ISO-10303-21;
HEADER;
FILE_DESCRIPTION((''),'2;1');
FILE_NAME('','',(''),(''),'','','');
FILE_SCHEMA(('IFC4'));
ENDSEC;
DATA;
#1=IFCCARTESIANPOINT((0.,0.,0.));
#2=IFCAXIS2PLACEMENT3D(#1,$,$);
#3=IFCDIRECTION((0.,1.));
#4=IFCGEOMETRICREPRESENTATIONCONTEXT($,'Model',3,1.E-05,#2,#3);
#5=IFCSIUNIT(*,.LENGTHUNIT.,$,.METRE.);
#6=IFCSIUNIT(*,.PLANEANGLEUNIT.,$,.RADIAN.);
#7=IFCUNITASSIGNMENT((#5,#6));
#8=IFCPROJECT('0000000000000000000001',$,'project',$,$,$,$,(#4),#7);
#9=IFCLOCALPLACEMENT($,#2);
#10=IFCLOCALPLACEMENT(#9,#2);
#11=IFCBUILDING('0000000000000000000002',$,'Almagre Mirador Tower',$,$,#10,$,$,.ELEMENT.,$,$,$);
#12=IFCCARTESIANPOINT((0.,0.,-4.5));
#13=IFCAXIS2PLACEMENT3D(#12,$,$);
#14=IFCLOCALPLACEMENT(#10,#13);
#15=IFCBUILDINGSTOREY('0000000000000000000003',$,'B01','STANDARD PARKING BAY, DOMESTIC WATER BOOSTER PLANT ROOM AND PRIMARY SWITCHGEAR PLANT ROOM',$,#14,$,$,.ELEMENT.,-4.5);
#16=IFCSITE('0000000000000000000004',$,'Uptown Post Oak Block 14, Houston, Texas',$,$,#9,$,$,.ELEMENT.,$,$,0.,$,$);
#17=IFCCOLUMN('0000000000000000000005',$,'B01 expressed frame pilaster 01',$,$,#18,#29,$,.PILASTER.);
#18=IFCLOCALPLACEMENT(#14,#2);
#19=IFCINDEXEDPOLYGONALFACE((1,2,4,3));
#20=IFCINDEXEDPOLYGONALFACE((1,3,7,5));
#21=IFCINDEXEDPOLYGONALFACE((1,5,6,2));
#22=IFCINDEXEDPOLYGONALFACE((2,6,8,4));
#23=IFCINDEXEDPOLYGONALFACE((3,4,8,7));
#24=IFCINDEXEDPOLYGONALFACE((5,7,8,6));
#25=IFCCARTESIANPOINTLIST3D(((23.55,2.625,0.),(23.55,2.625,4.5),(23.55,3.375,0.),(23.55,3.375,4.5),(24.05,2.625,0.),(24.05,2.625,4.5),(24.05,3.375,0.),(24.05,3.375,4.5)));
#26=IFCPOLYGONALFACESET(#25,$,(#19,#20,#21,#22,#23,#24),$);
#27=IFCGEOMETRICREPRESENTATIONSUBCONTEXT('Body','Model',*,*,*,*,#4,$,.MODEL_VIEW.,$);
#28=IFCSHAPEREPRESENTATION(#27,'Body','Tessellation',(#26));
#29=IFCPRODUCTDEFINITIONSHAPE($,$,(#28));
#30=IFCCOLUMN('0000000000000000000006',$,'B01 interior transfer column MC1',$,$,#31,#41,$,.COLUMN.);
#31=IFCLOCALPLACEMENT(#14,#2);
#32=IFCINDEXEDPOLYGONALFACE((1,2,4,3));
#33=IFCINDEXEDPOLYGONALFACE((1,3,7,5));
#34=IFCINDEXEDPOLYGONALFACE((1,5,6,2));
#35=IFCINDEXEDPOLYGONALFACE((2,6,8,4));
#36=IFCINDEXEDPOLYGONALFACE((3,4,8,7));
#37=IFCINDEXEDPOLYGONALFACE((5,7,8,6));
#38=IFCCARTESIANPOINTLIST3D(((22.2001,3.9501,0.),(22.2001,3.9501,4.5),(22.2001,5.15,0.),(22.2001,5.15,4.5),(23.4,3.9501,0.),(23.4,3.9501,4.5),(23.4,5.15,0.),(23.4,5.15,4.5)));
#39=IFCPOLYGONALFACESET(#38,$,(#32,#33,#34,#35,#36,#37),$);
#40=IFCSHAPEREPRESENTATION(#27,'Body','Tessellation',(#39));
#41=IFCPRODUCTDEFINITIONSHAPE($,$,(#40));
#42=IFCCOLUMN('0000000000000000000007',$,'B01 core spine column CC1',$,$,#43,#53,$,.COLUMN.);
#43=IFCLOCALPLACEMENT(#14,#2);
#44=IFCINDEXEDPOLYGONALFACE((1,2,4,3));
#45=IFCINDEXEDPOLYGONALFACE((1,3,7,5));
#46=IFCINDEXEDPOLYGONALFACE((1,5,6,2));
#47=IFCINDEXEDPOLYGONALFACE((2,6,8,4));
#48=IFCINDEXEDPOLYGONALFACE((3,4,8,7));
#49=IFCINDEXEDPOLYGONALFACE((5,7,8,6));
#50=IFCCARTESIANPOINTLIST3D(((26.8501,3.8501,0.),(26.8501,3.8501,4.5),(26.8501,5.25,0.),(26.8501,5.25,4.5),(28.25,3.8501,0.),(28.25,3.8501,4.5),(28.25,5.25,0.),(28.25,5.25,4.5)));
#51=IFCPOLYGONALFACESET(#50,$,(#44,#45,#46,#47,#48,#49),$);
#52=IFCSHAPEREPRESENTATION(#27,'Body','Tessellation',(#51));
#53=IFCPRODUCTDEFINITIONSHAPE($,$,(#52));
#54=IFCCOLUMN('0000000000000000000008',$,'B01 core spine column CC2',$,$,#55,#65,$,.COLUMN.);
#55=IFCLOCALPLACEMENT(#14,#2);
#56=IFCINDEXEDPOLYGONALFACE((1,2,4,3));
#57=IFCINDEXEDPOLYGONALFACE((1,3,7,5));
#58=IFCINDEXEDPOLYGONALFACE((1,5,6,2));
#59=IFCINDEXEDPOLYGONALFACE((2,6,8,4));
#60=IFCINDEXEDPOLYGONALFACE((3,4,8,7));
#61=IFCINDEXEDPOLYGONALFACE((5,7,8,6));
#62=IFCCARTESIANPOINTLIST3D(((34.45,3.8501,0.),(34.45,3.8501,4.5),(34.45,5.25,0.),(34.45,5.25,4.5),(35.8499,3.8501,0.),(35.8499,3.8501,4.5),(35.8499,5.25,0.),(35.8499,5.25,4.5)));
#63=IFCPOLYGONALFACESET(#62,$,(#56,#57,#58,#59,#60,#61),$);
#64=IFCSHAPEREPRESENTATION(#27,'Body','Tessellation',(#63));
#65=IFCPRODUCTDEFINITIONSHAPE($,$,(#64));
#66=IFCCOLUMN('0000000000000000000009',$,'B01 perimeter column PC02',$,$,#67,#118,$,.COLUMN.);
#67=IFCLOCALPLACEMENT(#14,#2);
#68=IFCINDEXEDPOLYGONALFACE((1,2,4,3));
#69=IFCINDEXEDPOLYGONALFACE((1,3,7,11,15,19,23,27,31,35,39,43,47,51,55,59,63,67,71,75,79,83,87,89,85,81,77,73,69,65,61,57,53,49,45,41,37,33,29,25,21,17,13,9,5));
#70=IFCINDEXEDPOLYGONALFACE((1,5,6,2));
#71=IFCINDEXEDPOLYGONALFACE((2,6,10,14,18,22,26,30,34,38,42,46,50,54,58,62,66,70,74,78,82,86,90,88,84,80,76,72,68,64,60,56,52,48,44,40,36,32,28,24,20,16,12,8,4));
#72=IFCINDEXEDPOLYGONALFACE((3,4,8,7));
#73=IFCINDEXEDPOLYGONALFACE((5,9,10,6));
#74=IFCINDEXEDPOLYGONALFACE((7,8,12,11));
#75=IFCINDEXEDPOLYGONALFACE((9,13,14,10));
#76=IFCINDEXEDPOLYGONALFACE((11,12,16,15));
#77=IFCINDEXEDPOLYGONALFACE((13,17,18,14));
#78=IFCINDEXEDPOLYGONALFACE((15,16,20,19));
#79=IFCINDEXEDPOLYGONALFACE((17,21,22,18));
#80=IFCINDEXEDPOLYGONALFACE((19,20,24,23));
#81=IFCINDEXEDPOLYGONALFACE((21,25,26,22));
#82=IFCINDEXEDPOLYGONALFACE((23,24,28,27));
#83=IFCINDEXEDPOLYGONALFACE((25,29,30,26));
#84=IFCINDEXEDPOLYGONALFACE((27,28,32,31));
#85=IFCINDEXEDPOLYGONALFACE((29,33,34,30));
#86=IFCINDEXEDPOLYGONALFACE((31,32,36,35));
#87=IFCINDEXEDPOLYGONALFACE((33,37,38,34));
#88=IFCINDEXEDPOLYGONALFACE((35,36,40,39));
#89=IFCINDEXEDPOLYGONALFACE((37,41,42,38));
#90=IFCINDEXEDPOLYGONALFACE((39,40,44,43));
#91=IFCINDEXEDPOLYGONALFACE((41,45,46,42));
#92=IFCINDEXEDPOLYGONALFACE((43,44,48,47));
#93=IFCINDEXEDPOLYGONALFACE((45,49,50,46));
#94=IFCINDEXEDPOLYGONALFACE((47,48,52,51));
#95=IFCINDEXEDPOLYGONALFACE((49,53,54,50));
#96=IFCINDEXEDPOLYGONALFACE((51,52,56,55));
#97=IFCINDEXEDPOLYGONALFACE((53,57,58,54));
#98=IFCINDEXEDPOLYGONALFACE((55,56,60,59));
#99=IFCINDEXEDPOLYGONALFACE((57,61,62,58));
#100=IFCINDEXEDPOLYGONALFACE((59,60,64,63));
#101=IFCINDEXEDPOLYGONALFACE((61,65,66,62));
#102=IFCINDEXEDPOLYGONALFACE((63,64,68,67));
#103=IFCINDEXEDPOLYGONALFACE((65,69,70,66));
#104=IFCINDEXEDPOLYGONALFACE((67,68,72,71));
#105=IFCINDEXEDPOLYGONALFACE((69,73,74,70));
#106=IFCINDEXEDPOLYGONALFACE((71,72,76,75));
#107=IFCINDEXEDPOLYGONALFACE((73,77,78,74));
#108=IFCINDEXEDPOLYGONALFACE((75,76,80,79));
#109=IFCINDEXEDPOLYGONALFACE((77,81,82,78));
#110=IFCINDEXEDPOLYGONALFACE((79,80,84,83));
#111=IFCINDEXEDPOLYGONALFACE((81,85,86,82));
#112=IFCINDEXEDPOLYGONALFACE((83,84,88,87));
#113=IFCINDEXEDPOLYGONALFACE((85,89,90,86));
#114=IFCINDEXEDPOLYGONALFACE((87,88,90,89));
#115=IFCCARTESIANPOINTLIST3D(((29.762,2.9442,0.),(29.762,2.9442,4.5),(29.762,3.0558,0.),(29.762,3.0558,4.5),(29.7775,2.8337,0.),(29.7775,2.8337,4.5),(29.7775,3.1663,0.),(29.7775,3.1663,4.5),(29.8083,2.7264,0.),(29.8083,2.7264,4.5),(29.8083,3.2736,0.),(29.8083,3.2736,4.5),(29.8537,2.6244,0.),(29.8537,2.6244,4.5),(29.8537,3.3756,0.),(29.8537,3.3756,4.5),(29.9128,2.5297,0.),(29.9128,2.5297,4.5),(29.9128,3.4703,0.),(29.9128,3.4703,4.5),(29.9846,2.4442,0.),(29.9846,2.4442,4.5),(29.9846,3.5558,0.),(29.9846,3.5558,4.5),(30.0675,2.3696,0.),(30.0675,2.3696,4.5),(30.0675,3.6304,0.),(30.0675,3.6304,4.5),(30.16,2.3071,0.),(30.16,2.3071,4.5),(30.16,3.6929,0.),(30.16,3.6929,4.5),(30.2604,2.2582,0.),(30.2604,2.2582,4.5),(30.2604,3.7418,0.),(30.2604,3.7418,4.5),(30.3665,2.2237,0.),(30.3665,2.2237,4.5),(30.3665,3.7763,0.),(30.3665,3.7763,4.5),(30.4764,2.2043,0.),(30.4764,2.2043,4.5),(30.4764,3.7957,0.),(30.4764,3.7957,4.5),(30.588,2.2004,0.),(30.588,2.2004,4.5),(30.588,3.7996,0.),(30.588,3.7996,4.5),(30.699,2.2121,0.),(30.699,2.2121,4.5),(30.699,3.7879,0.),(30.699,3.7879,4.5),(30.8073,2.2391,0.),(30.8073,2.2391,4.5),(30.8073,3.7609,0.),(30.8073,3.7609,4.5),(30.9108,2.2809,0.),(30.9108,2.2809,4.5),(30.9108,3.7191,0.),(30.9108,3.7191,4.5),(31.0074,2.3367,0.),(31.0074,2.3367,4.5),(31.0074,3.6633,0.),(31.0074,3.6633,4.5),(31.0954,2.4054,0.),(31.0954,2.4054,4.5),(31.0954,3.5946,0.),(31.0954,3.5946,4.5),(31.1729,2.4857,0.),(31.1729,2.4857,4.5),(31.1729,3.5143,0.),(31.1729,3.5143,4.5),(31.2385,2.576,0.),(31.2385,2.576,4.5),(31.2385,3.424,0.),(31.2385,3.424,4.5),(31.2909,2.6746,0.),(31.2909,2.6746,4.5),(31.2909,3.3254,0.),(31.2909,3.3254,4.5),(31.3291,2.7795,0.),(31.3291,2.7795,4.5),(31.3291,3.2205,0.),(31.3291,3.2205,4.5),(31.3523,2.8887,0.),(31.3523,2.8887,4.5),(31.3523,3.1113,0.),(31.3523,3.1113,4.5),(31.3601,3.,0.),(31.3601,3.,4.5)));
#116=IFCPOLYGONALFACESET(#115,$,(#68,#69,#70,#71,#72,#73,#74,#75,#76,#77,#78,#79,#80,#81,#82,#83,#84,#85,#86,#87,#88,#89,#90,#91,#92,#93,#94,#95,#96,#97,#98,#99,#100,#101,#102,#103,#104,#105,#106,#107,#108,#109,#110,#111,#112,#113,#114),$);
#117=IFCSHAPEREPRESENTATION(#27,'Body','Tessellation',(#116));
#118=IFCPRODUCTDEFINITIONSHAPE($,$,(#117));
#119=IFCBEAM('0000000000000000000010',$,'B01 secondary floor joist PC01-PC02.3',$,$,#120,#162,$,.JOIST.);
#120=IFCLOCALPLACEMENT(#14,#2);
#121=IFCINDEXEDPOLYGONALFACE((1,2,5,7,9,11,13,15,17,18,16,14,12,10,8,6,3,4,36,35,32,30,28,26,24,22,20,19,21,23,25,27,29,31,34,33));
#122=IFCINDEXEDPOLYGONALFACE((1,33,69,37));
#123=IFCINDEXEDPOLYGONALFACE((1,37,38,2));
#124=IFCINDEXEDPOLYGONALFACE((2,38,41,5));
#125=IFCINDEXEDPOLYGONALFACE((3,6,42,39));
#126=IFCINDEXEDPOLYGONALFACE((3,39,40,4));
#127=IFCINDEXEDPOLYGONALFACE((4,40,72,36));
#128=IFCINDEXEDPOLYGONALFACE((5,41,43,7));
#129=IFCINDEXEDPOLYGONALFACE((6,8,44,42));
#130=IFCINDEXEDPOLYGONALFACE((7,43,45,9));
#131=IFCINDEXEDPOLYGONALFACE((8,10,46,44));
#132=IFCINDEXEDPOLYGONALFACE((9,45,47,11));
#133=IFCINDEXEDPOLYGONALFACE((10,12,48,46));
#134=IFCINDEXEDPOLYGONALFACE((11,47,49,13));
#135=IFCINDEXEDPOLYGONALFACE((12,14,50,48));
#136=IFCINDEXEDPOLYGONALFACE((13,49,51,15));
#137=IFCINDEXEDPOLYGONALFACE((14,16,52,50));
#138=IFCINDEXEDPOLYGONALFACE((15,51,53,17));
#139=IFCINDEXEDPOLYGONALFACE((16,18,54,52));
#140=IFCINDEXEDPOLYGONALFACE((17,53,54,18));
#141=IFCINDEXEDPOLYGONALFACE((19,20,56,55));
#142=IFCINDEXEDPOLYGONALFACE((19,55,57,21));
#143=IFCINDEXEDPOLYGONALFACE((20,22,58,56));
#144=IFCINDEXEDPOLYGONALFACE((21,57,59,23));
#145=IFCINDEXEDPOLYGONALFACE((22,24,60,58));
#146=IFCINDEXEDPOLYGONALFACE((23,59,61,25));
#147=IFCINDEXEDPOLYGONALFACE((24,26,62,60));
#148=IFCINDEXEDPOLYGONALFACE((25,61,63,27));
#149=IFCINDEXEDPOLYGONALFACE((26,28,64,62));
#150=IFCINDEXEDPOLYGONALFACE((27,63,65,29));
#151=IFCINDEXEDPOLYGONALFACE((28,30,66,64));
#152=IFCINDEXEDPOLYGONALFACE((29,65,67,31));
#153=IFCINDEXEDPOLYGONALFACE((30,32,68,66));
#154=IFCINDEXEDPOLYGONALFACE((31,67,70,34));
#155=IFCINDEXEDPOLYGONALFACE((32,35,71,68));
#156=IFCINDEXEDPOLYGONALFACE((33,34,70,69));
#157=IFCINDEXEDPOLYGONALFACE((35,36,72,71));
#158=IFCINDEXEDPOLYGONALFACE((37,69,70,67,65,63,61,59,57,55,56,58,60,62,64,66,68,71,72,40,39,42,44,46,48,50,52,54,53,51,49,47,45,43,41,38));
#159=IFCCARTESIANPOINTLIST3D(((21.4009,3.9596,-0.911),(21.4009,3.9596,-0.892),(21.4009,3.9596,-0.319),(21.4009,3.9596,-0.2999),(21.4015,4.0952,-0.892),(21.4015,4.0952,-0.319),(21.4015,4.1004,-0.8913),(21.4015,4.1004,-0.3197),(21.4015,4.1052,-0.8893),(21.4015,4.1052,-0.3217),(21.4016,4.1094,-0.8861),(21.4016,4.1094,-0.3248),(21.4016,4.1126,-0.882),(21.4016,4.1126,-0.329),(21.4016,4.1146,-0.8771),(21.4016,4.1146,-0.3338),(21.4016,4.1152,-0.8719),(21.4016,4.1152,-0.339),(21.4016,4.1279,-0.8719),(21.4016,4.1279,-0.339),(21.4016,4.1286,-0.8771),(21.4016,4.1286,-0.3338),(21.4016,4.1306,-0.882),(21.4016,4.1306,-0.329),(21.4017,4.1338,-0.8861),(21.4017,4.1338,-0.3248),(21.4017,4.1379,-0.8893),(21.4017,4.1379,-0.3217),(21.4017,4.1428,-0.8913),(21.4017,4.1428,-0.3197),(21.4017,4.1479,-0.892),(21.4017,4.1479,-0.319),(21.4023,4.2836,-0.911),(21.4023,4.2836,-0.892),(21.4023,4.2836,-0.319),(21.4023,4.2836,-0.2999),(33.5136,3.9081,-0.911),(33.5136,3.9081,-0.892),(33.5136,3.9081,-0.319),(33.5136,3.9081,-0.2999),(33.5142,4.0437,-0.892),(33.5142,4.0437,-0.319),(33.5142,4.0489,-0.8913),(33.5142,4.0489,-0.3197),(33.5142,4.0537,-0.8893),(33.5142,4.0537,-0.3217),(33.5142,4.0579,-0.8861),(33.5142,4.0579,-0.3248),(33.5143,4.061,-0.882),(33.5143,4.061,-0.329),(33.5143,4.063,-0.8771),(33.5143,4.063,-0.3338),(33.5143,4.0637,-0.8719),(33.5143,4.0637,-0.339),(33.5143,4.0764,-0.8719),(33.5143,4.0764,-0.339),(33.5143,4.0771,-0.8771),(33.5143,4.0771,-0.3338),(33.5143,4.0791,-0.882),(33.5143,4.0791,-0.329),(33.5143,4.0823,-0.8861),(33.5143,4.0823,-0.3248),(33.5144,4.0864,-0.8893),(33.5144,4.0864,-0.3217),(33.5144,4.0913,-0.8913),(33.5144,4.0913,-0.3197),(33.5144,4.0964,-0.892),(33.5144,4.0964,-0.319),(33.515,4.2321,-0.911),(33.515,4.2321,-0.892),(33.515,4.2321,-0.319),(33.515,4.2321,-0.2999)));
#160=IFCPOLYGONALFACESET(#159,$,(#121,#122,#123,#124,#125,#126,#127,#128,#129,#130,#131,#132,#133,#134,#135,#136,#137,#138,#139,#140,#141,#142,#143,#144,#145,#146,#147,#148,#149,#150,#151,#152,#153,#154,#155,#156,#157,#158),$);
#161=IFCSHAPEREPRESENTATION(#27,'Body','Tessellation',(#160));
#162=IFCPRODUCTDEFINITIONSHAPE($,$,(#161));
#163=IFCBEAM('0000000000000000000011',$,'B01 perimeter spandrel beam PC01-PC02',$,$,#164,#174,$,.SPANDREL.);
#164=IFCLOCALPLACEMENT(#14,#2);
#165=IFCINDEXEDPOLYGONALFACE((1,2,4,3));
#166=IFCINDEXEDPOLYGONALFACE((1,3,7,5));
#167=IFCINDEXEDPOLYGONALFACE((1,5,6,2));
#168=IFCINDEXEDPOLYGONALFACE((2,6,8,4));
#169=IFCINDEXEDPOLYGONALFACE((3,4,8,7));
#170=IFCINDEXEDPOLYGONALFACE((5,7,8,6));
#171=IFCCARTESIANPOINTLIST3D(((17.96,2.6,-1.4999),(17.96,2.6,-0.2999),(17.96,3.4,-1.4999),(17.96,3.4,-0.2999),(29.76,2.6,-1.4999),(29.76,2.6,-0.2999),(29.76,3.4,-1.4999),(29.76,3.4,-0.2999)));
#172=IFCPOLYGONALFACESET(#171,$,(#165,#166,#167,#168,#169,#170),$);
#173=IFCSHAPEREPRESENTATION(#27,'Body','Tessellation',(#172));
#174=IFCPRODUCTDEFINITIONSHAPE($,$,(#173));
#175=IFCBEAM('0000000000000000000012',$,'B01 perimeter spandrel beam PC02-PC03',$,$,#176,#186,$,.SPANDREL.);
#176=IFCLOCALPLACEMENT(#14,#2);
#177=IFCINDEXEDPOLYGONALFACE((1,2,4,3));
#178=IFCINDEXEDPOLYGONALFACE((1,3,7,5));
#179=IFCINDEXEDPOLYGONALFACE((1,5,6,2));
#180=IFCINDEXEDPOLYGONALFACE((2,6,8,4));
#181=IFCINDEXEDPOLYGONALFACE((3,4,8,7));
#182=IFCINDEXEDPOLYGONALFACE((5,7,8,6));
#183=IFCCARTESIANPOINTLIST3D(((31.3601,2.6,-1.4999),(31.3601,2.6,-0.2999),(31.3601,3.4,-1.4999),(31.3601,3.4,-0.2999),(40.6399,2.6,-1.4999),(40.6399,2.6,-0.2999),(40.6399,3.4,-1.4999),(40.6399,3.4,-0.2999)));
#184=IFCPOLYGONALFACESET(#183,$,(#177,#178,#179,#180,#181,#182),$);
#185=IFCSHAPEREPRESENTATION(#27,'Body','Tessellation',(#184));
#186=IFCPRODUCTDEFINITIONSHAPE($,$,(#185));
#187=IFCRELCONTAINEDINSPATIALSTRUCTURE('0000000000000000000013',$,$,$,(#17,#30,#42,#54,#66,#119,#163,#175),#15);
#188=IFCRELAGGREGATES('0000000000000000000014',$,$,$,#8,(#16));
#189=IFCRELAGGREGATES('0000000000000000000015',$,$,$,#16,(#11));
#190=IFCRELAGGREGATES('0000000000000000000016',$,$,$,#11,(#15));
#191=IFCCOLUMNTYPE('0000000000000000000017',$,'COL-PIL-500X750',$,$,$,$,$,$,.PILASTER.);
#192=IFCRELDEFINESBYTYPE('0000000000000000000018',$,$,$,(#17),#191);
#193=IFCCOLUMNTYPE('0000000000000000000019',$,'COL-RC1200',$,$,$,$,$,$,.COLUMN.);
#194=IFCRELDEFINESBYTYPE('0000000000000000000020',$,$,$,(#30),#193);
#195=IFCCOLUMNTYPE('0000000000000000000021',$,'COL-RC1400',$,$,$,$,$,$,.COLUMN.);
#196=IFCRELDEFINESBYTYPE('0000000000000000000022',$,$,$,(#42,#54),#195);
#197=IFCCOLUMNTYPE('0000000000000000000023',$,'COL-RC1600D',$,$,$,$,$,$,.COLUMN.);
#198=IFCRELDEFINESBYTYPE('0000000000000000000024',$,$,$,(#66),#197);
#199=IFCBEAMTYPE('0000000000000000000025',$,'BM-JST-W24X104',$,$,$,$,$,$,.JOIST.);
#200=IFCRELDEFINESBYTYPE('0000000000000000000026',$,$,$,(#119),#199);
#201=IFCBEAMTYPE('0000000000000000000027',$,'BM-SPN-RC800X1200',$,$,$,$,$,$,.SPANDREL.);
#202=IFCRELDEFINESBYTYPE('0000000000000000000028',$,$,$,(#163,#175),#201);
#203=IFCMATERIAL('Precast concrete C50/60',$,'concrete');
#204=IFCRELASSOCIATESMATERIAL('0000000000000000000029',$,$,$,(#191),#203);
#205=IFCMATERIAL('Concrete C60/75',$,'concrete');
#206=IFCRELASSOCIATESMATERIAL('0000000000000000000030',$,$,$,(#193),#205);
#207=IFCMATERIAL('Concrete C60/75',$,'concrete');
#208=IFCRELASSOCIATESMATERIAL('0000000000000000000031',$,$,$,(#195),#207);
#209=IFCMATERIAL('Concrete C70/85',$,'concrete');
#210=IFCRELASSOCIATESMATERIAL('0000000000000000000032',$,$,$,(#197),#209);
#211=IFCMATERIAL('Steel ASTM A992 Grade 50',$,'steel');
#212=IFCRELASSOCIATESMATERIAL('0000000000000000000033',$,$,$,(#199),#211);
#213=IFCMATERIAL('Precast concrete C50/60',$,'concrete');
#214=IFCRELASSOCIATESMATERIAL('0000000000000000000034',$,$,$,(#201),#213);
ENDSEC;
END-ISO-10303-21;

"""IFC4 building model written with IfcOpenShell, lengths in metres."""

from ifc_helpers import new_model, si_unit, direction, frame, origin, origin_2d, place, context, subcontext, project, spatial, rectangle, circle, i_section, extrude, material, material_profile, profile_set, type_object, element, save


model = new_model("IFC4")

# Units and contexts
model_context = context("Model", 3, precision=1e-05, world=origin(), true_north=direction((0.0, 1.0)))
body_context = subcontext(model_context, "Body", "Model", "MODEL_VIEW")
ifc_project = project(units=[si_unit("LENGTHUNIT", "METRE"), si_unit("PLANEANGLEUNIT", "RADIAN")], contexts=[model_context])

# Site, building, storey
site_placement = place(None, origin())
site = spatial("IfcSite", under=ifc_project, at=site_placement, Name="Uptown Post Oak Block 14, Houston, Texas", CompositionType="ELEMENT", RefElevation=0.0)
building_placement = place(site_placement, origin())
building = spatial("IfcBuilding", under=site, at=building_placement, Name="Almagre Mirador Tower", CompositionType="ELEMENT")
storey_placement = place(building_placement, frame((0.0, 0.0, -4.5)))
storey = spatial("IfcBuildingStorey", under=building, at=storey_placement, Name="B01", Description="STANDARD PARKING BAY, DOMESTIC WATER BOOSTER PLANT ROOM AND PRIMARY SWITCHGEAR PLANT ROOM", CompositionType="ELEMENT", Elevation=-4.5)

# Columns
ifc_material_1 = material(Name="Precast concrete C50/60", Category="concrete")
ifc_material_profile_1 = material_profile(ifc_material_1, rectangle(XDim=0.5, YDim=0.75, at=origin_2d()), Name="RC500X750")
ifc_profile_set_1 = profile_set([ifc_material_profile_1], Name="Precast concrete C50/60")
column_type_1 = type_object("IfcColumnType", Name="COL-PIL-500X750", PredefinedType="PILASTER", material=ifc_profile_set_1)
column_1_placement = place(storey_placement, frame((23.8, 3.0, 0.0), z_axis=(0.0, 0.0, 1.0), x_axis=(1.0, 0.0, 0.0)))
element("IfcColumn", 1, at=column_1_placement, inside=storey, type_object=column_type_1, Name="B01 expressed frame pilaster 01", PredefinedType="PILASTER", context=body_context, shape_type="SweptSolid", body=[
    extrude(rectangle(XDim=0.5, YDim=0.75, at=origin_2d()), origin(), (0.0, 0.0, 1.0), 4.5),
])
ifc_material_2 = material(Name="Concrete C60/75", Category="concrete")
ifc_material_profile_2 = material_profile(ifc_material_2, rectangle(XDim=1.2, YDim=1.2, at=origin_2d()), Name="RC1200X1200")
ifc_profile_set_2 = profile_set([ifc_material_profile_2], Name="Concrete C60/75")
column_type_2 = type_object("IfcColumnType", Name="COL-RC1200", PredefinedType="COLUMN", material=ifc_profile_set_2)
column_2_placement = place(storey_placement, frame((22.8, 4.55, 0.0), z_axis=(0.0, 0.0, 1.0), x_axis=(1.0, 0.0, 0.0)))
element("IfcColumn", 2, at=column_2_placement, inside=storey, type_object=column_type_2, Name="B01 interior transfer column MC1", PredefinedType="COLUMN", context=body_context, shape_type="SweptSolid", body=[
    extrude(rectangle(XDim=1.2, YDim=1.2, at=origin_2d()), origin(), (0.0, 0.0, 1.0), 4.5),
])
ifc_material_3 = material(Name="Concrete C60/75", Category="concrete")
ifc_material_profile_3 = material_profile(ifc_material_3, rectangle(XDim=1.3999, YDim=1.3999, at=origin_2d()), Name="RC1400X1400")
ifc_profile_set_3 = profile_set([ifc_material_profile_3], Name="Concrete C60/75")
column_type_3 = type_object("IfcColumnType", Name="COL-RC1400", PredefinedType="COLUMN", material=ifc_profile_set_3)
for number, where, z_axis, x_axis, name in (
    (3, (27.55, 4.55, 0.0), (0.0, 0.0, 1.0), (1.0, 0.0, 0.0), "B01 core spine column CC1"),
    (4, (35.1499, 4.55, 0.0), (0.0, 0.0, 1.0), (1.0, 0.0, 0.0), "B01 core spine column CC2"),
):
    element("IfcColumn", number, at=place(storey_placement, frame(where, z_axis=z_axis, x_axis=x_axis)), inside=storey, type_object=column_type_3, Name=name, PredefinedType="COLUMN", context=body_context, shape_type="SweptSolid", body=[
        extrude(rectangle(XDim=1.3999, YDim=1.3999, at=origin_2d()), origin(), (0.0, 0.0, 1.0), 4.5),
    ])
ifc_material_4 = material(Name="Concrete C70/85", Category="concrete")
ifc_material_profile_4 = material_profile(ifc_material_4, circle(Radius=0.8, at=origin_2d()), Name="RC1600D")
ifc_profile_set_4 = profile_set([ifc_material_profile_4], Name="Concrete C70/85")
column_type_4 = type_object("IfcColumnType", Name="COL-RC1600D", PredefinedType="COLUMN", material=ifc_profile_set_4)
column_3_placement = place(storey_placement, frame((30.5601, 3.0, 0.0), z_axis=(0.0, 0.0, 1.0), x_axis=(1.0, 0.0, 0.0)))
element("IfcColumn", 5, at=column_3_placement, inside=storey, type_object=column_type_4, Name="B01 perimeter column PC02", PredefinedType="COLUMN", context=body_context, shape_type="SweptSolid", body=[
    extrude(circle(Radius=0.8, at=origin_2d()), origin(), (0.0, 0.0, 1.0), 4.5),
])

# Beams
ifc_material_5 = material(Name="Steel ASTM A992 Grade 50", Category="steel")
ifc_material_profile_5 = material_profile(ifc_material_5, i_section(OverallWidth=0.324, OverallDepth=0.6111, WebThickness=0.0127, FlangeThickness=0.019, FilletRadius=0.02, at=origin_2d()), Name="W24X104")
ifc_profile_set_5 = profile_set([ifc_material_profile_5], Name="Steel ASTM A992 Grade 50")
beam_type_1 = type_object("IfcBeamType", Name="BM-JST-W24X104", PredefinedType="JOIST", material=ifc_profile_set_5)
beam_1_placement = place(storey_placement, frame((21.4016, 4.1216, -0.6055), z_axis=(0.999991, -0.004253, 0.0), x_axis=(0.004253, 0.999991, 0.0)))
element("IfcBeam", 6, at=beam_1_placement, inside=storey, type_object=beam_type_1, Name="B01 secondary floor joist PC01-PC02.3", PredefinedType="JOIST", context=body_context, shape_type="SweptSolid", body=[
    extrude(i_section(OverallWidth=0.324, OverallDepth=0.6111, WebThickness=0.0127, FlangeThickness=0.019, FilletRadius=0.02, at=origin_2d()), origin(), (0.0, 0.0, 1.0), 12.1128),
])
ifc_material_6 = material(Name="Precast concrete C50/60", Category="concrete")
ifc_material_profile_6 = material_profile(ifc_material_6, rectangle(XDim=0.8, YDim=1.2, at=origin_2d()), Name="RC800X1200")
ifc_profile_set_6 = profile_set([ifc_material_profile_6], Name="Precast concrete C50/60")
beam_type_2 = type_object("IfcBeamType", Name="BM-SPN-RC800X1200", PredefinedType="SPANDREL", material=ifc_profile_set_6)
beam_2_placement = place(storey_placement, frame((17.96, 3.0, -0.8999), z_axis=(1.0, 0.0, 0.0), x_axis=(0.0, 1.0, 0.0)))
element("IfcBeam", 7, at=beam_2_placement, inside=storey, type_object=beam_type_2, Name="B01 perimeter spandrel beam PC01-PC02", PredefinedType="SPANDREL", context=body_context, shape_type="SweptSolid", body=[
    extrude(rectangle(XDim=0.8, YDim=1.2, at=origin_2d()), origin(), (0.0, 0.0, 1.0), 11.8),
])
beam_3_placement = place(storey_placement, frame((31.3601, 3.0, -0.8999), z_axis=(1.0, 0.0, 0.0), x_axis=(0.0, 1.0, 0.0)))
element("IfcBeam", 8, at=beam_3_placement, inside=storey, type_object=beam_type_2, Name="B01 perimeter spandrel beam PC02-PC03", PredefinedType="SPANDREL", context=body_context, shape_type="SweptSolid", body=[
    extrude(rectangle(XDim=0.8, YDim=1.2, at=origin_2d()), origin(), (0.0, 0.0, 1.0), 9.2798),
])

save(model, "model.ifc")
